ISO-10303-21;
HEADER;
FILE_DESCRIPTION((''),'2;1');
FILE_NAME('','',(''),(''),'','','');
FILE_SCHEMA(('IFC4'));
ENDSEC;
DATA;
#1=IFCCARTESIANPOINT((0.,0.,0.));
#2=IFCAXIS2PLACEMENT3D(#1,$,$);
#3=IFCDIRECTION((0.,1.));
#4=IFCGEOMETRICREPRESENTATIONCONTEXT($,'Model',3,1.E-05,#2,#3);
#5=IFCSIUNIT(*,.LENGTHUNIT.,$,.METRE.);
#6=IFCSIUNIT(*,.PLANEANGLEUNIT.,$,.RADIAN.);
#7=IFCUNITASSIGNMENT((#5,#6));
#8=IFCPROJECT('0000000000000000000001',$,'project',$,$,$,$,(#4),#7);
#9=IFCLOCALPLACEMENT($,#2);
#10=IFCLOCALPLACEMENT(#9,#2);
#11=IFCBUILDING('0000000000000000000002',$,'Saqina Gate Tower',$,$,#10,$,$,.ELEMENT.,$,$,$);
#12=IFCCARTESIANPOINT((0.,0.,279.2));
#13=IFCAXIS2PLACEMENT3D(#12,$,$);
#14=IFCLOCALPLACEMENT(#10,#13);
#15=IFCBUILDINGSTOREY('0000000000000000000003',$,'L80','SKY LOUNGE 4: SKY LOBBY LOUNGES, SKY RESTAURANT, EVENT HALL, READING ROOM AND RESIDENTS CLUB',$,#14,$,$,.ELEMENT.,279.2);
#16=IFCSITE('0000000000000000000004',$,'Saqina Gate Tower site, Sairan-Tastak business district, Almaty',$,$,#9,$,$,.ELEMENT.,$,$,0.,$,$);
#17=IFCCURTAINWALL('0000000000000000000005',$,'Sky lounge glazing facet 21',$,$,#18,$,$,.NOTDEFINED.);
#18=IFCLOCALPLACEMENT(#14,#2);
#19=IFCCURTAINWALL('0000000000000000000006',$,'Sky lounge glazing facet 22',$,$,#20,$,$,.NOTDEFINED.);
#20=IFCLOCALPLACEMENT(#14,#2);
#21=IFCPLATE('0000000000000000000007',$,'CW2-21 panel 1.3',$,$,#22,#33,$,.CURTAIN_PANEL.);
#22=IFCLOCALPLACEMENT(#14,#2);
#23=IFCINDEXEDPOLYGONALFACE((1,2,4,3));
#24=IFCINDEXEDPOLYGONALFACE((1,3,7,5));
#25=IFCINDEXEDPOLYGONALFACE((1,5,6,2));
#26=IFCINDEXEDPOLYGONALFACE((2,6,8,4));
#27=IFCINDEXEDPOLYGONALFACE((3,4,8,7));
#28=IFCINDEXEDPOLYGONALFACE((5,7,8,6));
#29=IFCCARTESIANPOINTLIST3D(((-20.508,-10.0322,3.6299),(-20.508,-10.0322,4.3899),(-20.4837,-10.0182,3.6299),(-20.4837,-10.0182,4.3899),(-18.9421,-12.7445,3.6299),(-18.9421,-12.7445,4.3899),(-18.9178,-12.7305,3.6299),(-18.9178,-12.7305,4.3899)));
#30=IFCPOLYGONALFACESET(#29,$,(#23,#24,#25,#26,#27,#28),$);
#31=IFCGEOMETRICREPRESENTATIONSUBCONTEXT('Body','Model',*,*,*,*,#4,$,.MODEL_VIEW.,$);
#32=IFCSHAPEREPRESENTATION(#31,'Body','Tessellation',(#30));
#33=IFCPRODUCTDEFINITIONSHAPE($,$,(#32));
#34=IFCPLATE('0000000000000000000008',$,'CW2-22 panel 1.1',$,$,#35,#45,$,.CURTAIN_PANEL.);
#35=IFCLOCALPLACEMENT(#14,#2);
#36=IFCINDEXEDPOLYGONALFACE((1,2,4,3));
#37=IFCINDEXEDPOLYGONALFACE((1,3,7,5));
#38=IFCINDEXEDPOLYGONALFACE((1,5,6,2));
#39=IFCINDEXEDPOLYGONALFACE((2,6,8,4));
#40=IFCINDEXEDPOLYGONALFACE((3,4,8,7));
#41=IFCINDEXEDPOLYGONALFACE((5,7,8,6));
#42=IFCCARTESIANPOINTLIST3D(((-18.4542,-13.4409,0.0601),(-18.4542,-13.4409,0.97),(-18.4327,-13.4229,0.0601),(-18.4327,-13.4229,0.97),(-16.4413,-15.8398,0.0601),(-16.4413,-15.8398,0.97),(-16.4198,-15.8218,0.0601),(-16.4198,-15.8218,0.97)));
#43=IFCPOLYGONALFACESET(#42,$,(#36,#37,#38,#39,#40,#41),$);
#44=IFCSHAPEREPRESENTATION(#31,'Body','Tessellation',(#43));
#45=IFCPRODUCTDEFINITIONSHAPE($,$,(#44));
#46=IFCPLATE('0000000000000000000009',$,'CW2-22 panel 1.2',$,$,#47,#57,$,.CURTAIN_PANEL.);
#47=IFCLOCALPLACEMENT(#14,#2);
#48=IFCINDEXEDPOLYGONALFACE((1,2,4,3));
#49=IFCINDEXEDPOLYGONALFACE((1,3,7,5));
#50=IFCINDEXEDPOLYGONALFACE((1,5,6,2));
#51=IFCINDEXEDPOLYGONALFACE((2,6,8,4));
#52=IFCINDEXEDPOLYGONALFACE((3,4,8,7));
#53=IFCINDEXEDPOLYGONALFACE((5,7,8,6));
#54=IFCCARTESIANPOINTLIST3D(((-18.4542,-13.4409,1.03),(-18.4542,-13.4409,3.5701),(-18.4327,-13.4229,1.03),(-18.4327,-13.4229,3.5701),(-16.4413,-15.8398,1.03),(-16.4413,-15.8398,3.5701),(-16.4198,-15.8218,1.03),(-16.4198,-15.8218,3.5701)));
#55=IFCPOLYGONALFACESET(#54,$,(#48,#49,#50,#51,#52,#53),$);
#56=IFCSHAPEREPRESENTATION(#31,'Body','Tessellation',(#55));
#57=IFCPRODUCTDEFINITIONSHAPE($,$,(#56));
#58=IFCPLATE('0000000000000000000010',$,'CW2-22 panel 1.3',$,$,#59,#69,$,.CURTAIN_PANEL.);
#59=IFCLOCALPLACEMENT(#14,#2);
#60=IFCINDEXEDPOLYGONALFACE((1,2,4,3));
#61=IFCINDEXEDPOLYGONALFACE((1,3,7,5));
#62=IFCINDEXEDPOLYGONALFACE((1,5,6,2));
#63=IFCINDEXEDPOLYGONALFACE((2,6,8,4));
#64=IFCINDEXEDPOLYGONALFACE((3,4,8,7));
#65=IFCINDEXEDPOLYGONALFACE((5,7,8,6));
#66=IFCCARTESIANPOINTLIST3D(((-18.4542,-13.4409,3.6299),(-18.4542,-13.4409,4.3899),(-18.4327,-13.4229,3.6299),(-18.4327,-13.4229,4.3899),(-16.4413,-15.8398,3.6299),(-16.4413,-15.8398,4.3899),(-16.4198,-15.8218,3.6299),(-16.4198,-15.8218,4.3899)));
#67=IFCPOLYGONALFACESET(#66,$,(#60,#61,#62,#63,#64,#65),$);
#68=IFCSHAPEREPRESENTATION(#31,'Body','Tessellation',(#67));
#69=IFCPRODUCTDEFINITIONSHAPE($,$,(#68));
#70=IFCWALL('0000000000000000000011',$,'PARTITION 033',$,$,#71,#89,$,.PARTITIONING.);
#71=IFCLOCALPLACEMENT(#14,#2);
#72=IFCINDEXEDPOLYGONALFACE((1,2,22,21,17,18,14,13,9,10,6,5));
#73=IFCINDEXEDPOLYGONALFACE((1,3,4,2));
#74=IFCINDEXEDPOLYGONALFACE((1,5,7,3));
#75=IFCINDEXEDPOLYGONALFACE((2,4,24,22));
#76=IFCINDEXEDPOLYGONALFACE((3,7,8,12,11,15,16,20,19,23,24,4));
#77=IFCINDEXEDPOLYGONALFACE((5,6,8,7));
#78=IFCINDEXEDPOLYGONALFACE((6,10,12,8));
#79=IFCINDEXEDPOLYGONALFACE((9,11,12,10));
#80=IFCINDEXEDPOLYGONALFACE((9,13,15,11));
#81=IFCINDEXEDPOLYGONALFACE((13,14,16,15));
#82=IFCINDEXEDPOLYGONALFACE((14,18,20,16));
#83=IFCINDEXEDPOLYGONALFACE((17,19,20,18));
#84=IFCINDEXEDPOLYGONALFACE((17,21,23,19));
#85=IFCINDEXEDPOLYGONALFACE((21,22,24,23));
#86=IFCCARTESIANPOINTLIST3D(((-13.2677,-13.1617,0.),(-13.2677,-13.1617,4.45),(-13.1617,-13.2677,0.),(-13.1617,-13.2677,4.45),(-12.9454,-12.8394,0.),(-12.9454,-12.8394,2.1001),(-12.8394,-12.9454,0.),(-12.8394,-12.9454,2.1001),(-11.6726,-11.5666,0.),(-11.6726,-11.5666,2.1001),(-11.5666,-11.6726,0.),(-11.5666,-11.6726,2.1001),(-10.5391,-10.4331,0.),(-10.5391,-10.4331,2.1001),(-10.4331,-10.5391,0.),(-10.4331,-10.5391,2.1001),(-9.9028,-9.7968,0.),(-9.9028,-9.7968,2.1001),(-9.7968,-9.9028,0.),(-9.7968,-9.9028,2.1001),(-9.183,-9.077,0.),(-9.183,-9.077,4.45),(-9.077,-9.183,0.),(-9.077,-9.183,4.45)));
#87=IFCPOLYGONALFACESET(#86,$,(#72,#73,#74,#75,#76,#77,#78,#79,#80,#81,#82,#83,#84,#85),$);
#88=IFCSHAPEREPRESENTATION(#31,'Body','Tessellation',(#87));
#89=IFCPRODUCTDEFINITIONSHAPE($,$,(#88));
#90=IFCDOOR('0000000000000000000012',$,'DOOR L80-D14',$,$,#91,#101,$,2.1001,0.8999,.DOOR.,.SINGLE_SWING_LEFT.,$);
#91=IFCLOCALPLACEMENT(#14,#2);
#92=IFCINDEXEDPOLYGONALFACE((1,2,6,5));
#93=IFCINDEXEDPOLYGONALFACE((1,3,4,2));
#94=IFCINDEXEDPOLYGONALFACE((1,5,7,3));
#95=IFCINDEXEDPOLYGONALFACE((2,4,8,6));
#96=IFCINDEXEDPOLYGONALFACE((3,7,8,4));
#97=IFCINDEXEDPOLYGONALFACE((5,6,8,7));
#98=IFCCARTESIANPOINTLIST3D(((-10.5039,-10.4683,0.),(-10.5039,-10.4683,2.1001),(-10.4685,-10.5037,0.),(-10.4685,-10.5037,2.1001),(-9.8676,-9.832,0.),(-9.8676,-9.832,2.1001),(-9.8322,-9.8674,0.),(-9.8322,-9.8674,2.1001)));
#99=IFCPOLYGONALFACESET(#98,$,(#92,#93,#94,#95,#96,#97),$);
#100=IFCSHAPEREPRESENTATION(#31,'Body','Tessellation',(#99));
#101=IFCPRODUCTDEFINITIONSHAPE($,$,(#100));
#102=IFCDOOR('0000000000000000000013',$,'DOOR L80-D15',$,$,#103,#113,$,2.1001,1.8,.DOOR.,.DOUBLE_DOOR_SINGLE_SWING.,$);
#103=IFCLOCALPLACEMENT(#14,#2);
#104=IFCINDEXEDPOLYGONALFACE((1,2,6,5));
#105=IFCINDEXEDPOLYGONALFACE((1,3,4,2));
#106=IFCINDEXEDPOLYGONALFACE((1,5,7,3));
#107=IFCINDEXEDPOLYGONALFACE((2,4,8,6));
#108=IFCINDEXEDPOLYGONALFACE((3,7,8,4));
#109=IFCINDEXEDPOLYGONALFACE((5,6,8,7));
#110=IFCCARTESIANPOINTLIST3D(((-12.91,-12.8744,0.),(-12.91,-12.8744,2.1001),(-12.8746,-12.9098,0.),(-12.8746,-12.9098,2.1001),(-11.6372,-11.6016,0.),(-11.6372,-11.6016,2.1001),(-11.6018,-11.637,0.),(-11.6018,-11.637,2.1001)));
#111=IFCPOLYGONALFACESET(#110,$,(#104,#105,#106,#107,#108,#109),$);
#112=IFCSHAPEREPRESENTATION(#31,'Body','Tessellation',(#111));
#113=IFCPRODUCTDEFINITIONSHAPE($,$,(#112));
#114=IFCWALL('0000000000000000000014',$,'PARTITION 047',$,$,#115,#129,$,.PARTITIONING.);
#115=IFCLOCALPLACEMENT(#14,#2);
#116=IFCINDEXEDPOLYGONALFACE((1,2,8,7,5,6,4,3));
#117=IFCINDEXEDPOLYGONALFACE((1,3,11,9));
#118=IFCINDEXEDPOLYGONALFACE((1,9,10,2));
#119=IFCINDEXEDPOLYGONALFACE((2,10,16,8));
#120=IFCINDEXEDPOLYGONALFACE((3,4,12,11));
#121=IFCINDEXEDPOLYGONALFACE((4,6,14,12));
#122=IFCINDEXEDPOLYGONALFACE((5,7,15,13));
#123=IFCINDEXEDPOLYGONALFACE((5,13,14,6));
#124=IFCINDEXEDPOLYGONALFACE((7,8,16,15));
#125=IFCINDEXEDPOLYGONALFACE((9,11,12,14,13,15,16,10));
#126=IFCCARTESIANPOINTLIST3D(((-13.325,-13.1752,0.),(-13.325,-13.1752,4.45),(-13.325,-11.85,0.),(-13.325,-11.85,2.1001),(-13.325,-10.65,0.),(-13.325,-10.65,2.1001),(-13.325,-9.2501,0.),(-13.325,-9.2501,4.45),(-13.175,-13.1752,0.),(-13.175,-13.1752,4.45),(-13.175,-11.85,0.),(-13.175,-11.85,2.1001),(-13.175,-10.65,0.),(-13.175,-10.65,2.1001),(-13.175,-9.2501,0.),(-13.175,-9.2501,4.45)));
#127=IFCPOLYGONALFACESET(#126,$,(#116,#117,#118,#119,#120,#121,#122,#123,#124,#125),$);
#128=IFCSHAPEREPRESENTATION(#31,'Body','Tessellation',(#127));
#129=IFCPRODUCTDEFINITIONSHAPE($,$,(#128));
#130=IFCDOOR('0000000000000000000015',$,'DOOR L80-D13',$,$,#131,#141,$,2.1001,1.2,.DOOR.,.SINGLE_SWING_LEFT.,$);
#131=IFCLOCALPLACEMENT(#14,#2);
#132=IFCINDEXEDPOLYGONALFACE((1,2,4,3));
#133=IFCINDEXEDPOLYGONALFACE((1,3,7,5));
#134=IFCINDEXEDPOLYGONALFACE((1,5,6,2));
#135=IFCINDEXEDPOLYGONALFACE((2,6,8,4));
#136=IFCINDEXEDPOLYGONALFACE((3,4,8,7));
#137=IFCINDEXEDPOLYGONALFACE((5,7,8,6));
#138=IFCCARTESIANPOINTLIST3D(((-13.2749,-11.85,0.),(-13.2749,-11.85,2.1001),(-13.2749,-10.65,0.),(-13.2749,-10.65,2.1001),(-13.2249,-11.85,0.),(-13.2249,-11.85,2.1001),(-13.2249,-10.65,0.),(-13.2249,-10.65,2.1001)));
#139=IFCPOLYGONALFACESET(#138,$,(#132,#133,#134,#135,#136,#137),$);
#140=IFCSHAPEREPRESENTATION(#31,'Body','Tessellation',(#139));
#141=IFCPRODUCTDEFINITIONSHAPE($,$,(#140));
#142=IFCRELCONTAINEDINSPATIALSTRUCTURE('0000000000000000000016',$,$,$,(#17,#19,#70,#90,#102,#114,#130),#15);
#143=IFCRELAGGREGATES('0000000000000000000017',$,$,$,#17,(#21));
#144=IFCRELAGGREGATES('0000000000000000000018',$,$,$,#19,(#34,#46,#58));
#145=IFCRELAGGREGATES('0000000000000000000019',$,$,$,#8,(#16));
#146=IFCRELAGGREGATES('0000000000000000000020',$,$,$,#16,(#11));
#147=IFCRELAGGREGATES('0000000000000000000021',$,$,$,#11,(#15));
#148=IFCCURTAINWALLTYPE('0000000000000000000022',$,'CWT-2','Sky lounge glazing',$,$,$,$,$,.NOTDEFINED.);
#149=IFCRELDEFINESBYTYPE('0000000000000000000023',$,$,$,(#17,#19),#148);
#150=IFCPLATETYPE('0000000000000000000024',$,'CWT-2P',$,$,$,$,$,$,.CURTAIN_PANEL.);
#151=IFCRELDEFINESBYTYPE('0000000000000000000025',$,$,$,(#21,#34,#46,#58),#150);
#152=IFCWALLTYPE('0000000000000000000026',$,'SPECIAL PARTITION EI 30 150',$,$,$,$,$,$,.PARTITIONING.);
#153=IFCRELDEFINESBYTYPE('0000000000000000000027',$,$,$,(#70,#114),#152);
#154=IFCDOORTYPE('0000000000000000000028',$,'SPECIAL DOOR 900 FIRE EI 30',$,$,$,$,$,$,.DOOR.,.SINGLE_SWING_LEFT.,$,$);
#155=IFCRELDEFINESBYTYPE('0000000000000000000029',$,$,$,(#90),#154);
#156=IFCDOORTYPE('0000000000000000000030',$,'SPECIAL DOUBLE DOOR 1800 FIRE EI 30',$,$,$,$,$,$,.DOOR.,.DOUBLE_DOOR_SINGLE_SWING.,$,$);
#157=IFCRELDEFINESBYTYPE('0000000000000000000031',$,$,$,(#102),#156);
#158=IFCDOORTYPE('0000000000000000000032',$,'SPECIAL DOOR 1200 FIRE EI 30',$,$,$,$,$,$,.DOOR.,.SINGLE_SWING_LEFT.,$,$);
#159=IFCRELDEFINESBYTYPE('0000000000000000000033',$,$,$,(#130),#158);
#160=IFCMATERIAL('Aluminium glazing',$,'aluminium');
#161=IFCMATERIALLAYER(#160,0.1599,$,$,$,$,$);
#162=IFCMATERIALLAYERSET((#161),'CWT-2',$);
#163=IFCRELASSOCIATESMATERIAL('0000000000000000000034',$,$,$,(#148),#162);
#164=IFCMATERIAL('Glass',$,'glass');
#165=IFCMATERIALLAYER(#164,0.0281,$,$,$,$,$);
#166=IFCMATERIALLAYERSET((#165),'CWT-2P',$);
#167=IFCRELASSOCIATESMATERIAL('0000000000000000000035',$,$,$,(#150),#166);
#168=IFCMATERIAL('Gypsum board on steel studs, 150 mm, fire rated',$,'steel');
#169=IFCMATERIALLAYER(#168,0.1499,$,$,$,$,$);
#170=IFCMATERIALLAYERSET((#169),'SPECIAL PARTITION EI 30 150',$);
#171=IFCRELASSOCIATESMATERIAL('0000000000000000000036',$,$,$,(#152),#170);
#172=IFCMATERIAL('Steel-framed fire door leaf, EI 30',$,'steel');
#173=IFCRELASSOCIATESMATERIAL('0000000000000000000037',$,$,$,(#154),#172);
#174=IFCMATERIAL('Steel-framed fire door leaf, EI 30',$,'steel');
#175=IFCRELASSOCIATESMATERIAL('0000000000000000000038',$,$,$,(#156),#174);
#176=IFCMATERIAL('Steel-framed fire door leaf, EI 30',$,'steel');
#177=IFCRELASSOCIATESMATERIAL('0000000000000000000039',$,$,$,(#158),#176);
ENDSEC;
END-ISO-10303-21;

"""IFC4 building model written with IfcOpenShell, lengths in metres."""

from ifc_helpers import new_model, si_unit, direction, frame, frame_2d, origin, origin_2d, place, context, subcontext, project, spatial, rectangle, extrude, material, layer, layer_set, type_object, element, fill, aggregate, save


model = new_model("IFC4")

# Units and contexts
model_context = context("Model", 3, precision=1e-05, world=origin(), true_north=direction((0.0, 1.0)))
body_context = subcontext(model_context, "Body", "Model", "MODEL_VIEW")
ifc_project = project(units=[si_unit("LENGTHUNIT", "METRE"), si_unit("PLANEANGLEUNIT", "RADIAN")], contexts=[model_context])

# Site, building, storey
site_placement = place(None, origin())
site = spatial("IfcSite", under=ifc_project, at=site_placement, Name="Saqina Gate Tower site, Sairan-Tastak business district, Almaty", CompositionType="ELEMENT", RefElevation=0.0)
building_placement = place(site_placement, origin())
building = spatial("IfcBuilding", under=site, at=building_placement, Name="Saqina Gate Tower", CompositionType="ELEMENT")
storey_placement = place(building_placement, frame((0.0, 0.0, 279.2)))
storey = spatial("IfcBuildingStorey", under=building, at=storey_placement, Name="L80", Description="SKY LOUNGE 4: SKY LOBBY LOUNGES, SKY RESTAURANT, EVENT HALL, READING ROOM AND RESIDENTS CLUB", CompositionType="ELEMENT", Elevation=279.2)

# Curtain wall
ifc_material_1 = material(Name="Aluminium glazing", Category="aluminium")
ifc_layer_1 = layer(ifc_material_1, 0.1599)
ifc_layer_set_1 = layer_set([ifc_layer_1], Name="CWT-2")
curtain_wall_type = type_object("IfcCurtainWallType", Name="CWT-2", Description="Sky lounge glazing", PredefinedType="NOTDEFINED", material=ifc_layer_set_1)
curtain_wall_1_placement = place(storey_placement, origin())
curtain_wall_1 = element("IfcCurtainWall", 1, at=curtain_wall_1_placement, inside=storey, type_object=curtain_wall_type, Name="Sky lounge glazing facet 21", PredefinedType="NOTDEFINED")

# Curtain wall
curtain_wall_2_placement = place(storey_placement, origin())
curtain_wall_2 = element("IfcCurtainWall", 2, at=curtain_wall_2_placement, inside=storey, type_object=curtain_wall_type, Name="Sky lounge glazing facet 22", PredefinedType="NOTDEFINED")

# Plates
ifc_material_2 = material(Name="Glass", Category="glass")
ifc_layer_2 = layer(ifc_material_2, 0.0281)
ifc_layer_set_2 = layer_set([ifc_layer_2], Name="CWT-2P")
plate_type = type_object("IfcPlateType", Name="CWT-2P", PredefinedType="CURTAIN_PANEL", material=ifc_layer_set_2)
plate_1_placement = place(storey_placement, frame((-19.7129, -11.3813, 3.6299), z_axis=(0.0, 0.0, 1.0), x_axis=(0.499982, -0.866036, 0.0)))
plate_1 = element("IfcPlate", 3, at=plate_1_placement, type_object=plate_type, Name="CW2-21 panel 1.3", PredefinedType="CURTAIN_PANEL", context=body_context, shape_type="SweptSolid", body=[
    extrude(rectangle(XDim=3.1318, YDim=0.0281, at=origin_2d()), origin(), (0.0, 0.0, 1.0), 0.76),
])
aggregate(curtain_wall_1, [plate_1])
plate_2_placement = place(storey_placement, frame((-17.437, -14.6313, 0.0601), z_axis=(0.0, 0.0, 1.0), x_axis=(0.642785, -0.766046, 0.0)))
plate_2 = element("IfcPlate", 4, at=plate_2_placement, type_object=plate_type, Name="CW2-22 panel 1.1", PredefinedType="CURTAIN_PANEL", context=body_context, shape_type="SweptSolid", body=[
    extrude(rectangle(XDim=3.1316, YDim=0.0281, at=origin_2d()), origin(), (0.0, 0.0, 1.0), 0.9099),
])
plate_3_placement = place(storey_placement, frame((-17.437, -14.6313, 1.03), z_axis=(0.0, 0.0, 1.0), x_axis=(0.642785, -0.766046, 0.0)))
plate_3 = element("IfcPlate", 5, at=plate_3_placement, type_object=plate_type, Name="CW2-22 panel 1.2", PredefinedType="CURTAIN_PANEL", context=body_context, shape_type="SweptSolid", body=[
    extrude(rectangle(XDim=3.1316, YDim=0.0281, at=origin_2d()), origin(), (0.0, 0.0, 1.0), 2.54),
])
plate_4_placement = place(storey_placement, frame((-17.437, -14.6313, 3.6299), z_axis=(0.0, 0.0, 1.0), x_axis=(0.642785, -0.766046, 0.0)))
plate_4 = element("IfcPlate", 6, at=plate_4_placement, type_object=plate_type, Name="CW2-22 panel 1.3", PredefinedType="CURTAIN_PANEL", context=body_context, shape_type="SweptSolid", body=[
    extrude(rectangle(XDim=3.1316, YDim=0.0281, at=origin_2d()), origin(), (0.0, 0.0, 1.0), 0.76),
])
aggregate(curtain_wall_2, [plate_2, plate_3, plate_4])

# Wall, openings, doors
ifc_material_3 = material(Name="Gypsum board on steel studs, 150 mm, fire rated", Category="steel")
ifc_layer_3 = layer(ifc_material_3, 0.1499)
ifc_layer_set_3 = layer_set([ifc_layer_3], Name="SPECIAL PARTITION EI 30 150")
wall_type = type_object("IfcWallType", Name="SPECIAL PARTITION EI 30 150", PredefinedType="PARTITIONING", material=ifc_layer_set_3)
wall_1_placement = place(storey_placement, frame((-13.2146, -13.2146, 0.0), z_axis=(0.0, 0.0, 1.0), x_axis=(0.707107, 0.707107, 0.0)))
wall_1 = element("IfcWall", 7, at=wall_1_placement, inside=storey, type_object=wall_type, Name="PARTITION 033", PredefinedType="PARTITIONING", context=body_context, shape_type="SweptSolid", body=[
    extrude(rectangle(XDim=5.7766, YDim=0.1499, at=frame_2d((2.8882, 0.0))), origin(), (0.0, 0.0, 1.0), 4.45),
])
opening_1_placement = place(wall_1_placement, frame((3.8586, 0.0, 0.0)))
opening_1 = element("IfcOpeningElement", 8, at=opening_1_placement, cuts=wall_1, PredefinedType="OPENING", context=body_context, shape_type="SweptSolid", body=[
    extrude(rectangle(XDim=0.8999, YDim=2.1001, at=frame_2d((0.45, 1.05))), frame((0.0, 0.0869, 0.0), z_axis=(0.0, -1.0, 0.0), x_axis=(1.0, 0.0, 0.0)), (0.0, 0.0, 1.0), 0.1738),
])
opening_2_placement = place(wall_1_placement, frame((0.4558, 0.0, 0.0)))
opening_2 = element("IfcOpeningElement", 9, at=opening_2_placement, cuts=wall_1, PredefinedType="OPENING", context=body_context, shape_type="SweptSolid", body=[
    extrude(rectangle(XDim=1.8, YDim=2.1001, at=frame_2d((0.8999, 1.05))), frame((0.0, 0.0869, 0.0), z_axis=(0.0, -1.0, 0.0), x_axis=(1.0, 0.0, 0.0)), (0.0, 0.0, 1.0), 0.1738),
])
ifc_material_4 = material(Name="Steel-framed fire door leaf, EI 30", Category="steel")
door_type_1 = type_object("IfcDoorType", Name="SPECIAL DOOR 900 FIRE EI 30", OperationType="SINGLE_SWING_LEFT", PredefinedType="DOOR", material=ifc_material_4)
door_1_placement = place(opening_1_placement, frame((0.8999, 0.0, 0.0), z_axis=(0.0, 0.0, 1.0), x_axis=(-1.0, 0.0, 0.0)))
door_1 = element("IfcDoor", 10, at=door_1_placement, inside=storey, type_object=door_type_1, Name="DOOR L80-D14", OperationType="SINGLE_SWING_LEFT", OverallHeight=2.1001, OverallWidth=0.8999, PredefinedType="DOOR", context=body_context, shape_type="SweptSolid", body=[
    extrude(rectangle(XDim=0.8999, YDim=2.1001, at=frame_2d((0.45, 1.05))), frame((0.0, 0.0249, 0.0), z_axis=(0.0, -1.0, 0.0), x_axis=(1.0, 0.0, 0.0)), (0.0, 0.0, 1.0), 0.05),
])
fill(opening_1, door_1)
ifc_material_5 = material(Name="Steel-framed fire door leaf, EI 30", Category="steel")
door_type_2 = type_object("IfcDoorType", Name="SPECIAL DOUBLE DOOR 1800 FIRE EI 30", OperationType="DOUBLE_DOOR_SINGLE_SWING", PredefinedType="DOOR", material=ifc_material_5)
door_2_placement = place(opening_2_placement, frame((1.8, 0.0, 0.0), z_axis=(0.0, 0.0, 1.0), x_axis=(-1.0, 0.0, 0.0)))
door_2 = element("IfcDoor", 11, at=door_2_placement, inside=storey, type_object=door_type_2, Name="DOOR L80-D15", OperationType="DOUBLE_DOOR_SINGLE_SWING", OverallHeight=2.1001, OverallWidth=1.8, PredefinedType="DOOR", context=body_context, shape_type="SweptSolid", body=[
    extrude(rectangle(XDim=1.8, YDim=2.1001, at=frame_2d((0.8999, 1.05))), frame((0.0, 0.0249, 0.0), z_axis=(0.0, -1.0, 0.0), x_axis=(1.0, 0.0, 0.0)), (0.0, 0.0, 1.0), 0.05),
])
fill(opening_2, door_2)

# Wall, opening, door
wall_2_placement = place(storey_placement, frame((-13.25, -13.175, 0.0), z_axis=(0.0, 0.0, 1.0), x_axis=(0.0, 1.0, 0.0)))
wall_2 = element("IfcWall", 12, at=wall_2_placement, inside=storey, type_object=wall_type, Name="PARTITION 047", PredefinedType="PARTITIONING", context=body_context, shape_type="SweptSolid", body=[
    extrude(rectangle(XDim=3.925, YDim=0.1499, at=frame_2d((1.9624, 0.0))), origin(), (0.0, 0.0, 1.0), 4.45),
])
opening_3_placement = place(wall_2_placement, frame((1.325, 0.0, 0.0)))
opening_3 = element("IfcOpeningElement", 13, at=opening_3_placement, cuts=wall_2, PredefinedType="OPENING", context=body_context, shape_type="SweptSolid", body=[
    extrude(rectangle(XDim=1.2, YDim=2.1001, at=frame_2d((0.6001, 1.05))), frame((0.0, 0.0869, 0.0), z_axis=(0.0, -1.0, 0.0), x_axis=(1.0, 0.0, 0.0)), (0.0, 0.0, 1.0), 0.1738),
])
ifc_material_6 = material(Name="Steel-framed fire door leaf, EI 30", Category="steel")
door_type_3 = type_object("IfcDoorType", Name="SPECIAL DOOR 1200 FIRE EI 30", OperationType="SINGLE_SWING_LEFT", PredefinedType="DOOR", material=ifc_material_6)
door_3_placement = place(opening_3_placement, origin())
door_3 = element("IfcDoor", 14, at=door_3_placement, inside=storey, type_object=door_type_3, Name="DOOR L80-D13", OperationType="SINGLE_SWING_LEFT", OverallHeight=2.1001, OverallWidth=1.2, PredefinedType="DOOR", context=body_context, shape_type="SweptSolid", body=[
    extrude(rectangle(XDim=1.2, YDim=2.1001, at=frame_2d((0.6001, 1.05))), frame((0.0, 0.0249, 0.0), z_axis=(0.0, -1.0, 0.0), x_axis=(1.0, 0.0, 0.0)), (0.0, 0.0, 1.0), 0.05),
])
fill(opening_3, door_3)

save(model, "model.ifc")
